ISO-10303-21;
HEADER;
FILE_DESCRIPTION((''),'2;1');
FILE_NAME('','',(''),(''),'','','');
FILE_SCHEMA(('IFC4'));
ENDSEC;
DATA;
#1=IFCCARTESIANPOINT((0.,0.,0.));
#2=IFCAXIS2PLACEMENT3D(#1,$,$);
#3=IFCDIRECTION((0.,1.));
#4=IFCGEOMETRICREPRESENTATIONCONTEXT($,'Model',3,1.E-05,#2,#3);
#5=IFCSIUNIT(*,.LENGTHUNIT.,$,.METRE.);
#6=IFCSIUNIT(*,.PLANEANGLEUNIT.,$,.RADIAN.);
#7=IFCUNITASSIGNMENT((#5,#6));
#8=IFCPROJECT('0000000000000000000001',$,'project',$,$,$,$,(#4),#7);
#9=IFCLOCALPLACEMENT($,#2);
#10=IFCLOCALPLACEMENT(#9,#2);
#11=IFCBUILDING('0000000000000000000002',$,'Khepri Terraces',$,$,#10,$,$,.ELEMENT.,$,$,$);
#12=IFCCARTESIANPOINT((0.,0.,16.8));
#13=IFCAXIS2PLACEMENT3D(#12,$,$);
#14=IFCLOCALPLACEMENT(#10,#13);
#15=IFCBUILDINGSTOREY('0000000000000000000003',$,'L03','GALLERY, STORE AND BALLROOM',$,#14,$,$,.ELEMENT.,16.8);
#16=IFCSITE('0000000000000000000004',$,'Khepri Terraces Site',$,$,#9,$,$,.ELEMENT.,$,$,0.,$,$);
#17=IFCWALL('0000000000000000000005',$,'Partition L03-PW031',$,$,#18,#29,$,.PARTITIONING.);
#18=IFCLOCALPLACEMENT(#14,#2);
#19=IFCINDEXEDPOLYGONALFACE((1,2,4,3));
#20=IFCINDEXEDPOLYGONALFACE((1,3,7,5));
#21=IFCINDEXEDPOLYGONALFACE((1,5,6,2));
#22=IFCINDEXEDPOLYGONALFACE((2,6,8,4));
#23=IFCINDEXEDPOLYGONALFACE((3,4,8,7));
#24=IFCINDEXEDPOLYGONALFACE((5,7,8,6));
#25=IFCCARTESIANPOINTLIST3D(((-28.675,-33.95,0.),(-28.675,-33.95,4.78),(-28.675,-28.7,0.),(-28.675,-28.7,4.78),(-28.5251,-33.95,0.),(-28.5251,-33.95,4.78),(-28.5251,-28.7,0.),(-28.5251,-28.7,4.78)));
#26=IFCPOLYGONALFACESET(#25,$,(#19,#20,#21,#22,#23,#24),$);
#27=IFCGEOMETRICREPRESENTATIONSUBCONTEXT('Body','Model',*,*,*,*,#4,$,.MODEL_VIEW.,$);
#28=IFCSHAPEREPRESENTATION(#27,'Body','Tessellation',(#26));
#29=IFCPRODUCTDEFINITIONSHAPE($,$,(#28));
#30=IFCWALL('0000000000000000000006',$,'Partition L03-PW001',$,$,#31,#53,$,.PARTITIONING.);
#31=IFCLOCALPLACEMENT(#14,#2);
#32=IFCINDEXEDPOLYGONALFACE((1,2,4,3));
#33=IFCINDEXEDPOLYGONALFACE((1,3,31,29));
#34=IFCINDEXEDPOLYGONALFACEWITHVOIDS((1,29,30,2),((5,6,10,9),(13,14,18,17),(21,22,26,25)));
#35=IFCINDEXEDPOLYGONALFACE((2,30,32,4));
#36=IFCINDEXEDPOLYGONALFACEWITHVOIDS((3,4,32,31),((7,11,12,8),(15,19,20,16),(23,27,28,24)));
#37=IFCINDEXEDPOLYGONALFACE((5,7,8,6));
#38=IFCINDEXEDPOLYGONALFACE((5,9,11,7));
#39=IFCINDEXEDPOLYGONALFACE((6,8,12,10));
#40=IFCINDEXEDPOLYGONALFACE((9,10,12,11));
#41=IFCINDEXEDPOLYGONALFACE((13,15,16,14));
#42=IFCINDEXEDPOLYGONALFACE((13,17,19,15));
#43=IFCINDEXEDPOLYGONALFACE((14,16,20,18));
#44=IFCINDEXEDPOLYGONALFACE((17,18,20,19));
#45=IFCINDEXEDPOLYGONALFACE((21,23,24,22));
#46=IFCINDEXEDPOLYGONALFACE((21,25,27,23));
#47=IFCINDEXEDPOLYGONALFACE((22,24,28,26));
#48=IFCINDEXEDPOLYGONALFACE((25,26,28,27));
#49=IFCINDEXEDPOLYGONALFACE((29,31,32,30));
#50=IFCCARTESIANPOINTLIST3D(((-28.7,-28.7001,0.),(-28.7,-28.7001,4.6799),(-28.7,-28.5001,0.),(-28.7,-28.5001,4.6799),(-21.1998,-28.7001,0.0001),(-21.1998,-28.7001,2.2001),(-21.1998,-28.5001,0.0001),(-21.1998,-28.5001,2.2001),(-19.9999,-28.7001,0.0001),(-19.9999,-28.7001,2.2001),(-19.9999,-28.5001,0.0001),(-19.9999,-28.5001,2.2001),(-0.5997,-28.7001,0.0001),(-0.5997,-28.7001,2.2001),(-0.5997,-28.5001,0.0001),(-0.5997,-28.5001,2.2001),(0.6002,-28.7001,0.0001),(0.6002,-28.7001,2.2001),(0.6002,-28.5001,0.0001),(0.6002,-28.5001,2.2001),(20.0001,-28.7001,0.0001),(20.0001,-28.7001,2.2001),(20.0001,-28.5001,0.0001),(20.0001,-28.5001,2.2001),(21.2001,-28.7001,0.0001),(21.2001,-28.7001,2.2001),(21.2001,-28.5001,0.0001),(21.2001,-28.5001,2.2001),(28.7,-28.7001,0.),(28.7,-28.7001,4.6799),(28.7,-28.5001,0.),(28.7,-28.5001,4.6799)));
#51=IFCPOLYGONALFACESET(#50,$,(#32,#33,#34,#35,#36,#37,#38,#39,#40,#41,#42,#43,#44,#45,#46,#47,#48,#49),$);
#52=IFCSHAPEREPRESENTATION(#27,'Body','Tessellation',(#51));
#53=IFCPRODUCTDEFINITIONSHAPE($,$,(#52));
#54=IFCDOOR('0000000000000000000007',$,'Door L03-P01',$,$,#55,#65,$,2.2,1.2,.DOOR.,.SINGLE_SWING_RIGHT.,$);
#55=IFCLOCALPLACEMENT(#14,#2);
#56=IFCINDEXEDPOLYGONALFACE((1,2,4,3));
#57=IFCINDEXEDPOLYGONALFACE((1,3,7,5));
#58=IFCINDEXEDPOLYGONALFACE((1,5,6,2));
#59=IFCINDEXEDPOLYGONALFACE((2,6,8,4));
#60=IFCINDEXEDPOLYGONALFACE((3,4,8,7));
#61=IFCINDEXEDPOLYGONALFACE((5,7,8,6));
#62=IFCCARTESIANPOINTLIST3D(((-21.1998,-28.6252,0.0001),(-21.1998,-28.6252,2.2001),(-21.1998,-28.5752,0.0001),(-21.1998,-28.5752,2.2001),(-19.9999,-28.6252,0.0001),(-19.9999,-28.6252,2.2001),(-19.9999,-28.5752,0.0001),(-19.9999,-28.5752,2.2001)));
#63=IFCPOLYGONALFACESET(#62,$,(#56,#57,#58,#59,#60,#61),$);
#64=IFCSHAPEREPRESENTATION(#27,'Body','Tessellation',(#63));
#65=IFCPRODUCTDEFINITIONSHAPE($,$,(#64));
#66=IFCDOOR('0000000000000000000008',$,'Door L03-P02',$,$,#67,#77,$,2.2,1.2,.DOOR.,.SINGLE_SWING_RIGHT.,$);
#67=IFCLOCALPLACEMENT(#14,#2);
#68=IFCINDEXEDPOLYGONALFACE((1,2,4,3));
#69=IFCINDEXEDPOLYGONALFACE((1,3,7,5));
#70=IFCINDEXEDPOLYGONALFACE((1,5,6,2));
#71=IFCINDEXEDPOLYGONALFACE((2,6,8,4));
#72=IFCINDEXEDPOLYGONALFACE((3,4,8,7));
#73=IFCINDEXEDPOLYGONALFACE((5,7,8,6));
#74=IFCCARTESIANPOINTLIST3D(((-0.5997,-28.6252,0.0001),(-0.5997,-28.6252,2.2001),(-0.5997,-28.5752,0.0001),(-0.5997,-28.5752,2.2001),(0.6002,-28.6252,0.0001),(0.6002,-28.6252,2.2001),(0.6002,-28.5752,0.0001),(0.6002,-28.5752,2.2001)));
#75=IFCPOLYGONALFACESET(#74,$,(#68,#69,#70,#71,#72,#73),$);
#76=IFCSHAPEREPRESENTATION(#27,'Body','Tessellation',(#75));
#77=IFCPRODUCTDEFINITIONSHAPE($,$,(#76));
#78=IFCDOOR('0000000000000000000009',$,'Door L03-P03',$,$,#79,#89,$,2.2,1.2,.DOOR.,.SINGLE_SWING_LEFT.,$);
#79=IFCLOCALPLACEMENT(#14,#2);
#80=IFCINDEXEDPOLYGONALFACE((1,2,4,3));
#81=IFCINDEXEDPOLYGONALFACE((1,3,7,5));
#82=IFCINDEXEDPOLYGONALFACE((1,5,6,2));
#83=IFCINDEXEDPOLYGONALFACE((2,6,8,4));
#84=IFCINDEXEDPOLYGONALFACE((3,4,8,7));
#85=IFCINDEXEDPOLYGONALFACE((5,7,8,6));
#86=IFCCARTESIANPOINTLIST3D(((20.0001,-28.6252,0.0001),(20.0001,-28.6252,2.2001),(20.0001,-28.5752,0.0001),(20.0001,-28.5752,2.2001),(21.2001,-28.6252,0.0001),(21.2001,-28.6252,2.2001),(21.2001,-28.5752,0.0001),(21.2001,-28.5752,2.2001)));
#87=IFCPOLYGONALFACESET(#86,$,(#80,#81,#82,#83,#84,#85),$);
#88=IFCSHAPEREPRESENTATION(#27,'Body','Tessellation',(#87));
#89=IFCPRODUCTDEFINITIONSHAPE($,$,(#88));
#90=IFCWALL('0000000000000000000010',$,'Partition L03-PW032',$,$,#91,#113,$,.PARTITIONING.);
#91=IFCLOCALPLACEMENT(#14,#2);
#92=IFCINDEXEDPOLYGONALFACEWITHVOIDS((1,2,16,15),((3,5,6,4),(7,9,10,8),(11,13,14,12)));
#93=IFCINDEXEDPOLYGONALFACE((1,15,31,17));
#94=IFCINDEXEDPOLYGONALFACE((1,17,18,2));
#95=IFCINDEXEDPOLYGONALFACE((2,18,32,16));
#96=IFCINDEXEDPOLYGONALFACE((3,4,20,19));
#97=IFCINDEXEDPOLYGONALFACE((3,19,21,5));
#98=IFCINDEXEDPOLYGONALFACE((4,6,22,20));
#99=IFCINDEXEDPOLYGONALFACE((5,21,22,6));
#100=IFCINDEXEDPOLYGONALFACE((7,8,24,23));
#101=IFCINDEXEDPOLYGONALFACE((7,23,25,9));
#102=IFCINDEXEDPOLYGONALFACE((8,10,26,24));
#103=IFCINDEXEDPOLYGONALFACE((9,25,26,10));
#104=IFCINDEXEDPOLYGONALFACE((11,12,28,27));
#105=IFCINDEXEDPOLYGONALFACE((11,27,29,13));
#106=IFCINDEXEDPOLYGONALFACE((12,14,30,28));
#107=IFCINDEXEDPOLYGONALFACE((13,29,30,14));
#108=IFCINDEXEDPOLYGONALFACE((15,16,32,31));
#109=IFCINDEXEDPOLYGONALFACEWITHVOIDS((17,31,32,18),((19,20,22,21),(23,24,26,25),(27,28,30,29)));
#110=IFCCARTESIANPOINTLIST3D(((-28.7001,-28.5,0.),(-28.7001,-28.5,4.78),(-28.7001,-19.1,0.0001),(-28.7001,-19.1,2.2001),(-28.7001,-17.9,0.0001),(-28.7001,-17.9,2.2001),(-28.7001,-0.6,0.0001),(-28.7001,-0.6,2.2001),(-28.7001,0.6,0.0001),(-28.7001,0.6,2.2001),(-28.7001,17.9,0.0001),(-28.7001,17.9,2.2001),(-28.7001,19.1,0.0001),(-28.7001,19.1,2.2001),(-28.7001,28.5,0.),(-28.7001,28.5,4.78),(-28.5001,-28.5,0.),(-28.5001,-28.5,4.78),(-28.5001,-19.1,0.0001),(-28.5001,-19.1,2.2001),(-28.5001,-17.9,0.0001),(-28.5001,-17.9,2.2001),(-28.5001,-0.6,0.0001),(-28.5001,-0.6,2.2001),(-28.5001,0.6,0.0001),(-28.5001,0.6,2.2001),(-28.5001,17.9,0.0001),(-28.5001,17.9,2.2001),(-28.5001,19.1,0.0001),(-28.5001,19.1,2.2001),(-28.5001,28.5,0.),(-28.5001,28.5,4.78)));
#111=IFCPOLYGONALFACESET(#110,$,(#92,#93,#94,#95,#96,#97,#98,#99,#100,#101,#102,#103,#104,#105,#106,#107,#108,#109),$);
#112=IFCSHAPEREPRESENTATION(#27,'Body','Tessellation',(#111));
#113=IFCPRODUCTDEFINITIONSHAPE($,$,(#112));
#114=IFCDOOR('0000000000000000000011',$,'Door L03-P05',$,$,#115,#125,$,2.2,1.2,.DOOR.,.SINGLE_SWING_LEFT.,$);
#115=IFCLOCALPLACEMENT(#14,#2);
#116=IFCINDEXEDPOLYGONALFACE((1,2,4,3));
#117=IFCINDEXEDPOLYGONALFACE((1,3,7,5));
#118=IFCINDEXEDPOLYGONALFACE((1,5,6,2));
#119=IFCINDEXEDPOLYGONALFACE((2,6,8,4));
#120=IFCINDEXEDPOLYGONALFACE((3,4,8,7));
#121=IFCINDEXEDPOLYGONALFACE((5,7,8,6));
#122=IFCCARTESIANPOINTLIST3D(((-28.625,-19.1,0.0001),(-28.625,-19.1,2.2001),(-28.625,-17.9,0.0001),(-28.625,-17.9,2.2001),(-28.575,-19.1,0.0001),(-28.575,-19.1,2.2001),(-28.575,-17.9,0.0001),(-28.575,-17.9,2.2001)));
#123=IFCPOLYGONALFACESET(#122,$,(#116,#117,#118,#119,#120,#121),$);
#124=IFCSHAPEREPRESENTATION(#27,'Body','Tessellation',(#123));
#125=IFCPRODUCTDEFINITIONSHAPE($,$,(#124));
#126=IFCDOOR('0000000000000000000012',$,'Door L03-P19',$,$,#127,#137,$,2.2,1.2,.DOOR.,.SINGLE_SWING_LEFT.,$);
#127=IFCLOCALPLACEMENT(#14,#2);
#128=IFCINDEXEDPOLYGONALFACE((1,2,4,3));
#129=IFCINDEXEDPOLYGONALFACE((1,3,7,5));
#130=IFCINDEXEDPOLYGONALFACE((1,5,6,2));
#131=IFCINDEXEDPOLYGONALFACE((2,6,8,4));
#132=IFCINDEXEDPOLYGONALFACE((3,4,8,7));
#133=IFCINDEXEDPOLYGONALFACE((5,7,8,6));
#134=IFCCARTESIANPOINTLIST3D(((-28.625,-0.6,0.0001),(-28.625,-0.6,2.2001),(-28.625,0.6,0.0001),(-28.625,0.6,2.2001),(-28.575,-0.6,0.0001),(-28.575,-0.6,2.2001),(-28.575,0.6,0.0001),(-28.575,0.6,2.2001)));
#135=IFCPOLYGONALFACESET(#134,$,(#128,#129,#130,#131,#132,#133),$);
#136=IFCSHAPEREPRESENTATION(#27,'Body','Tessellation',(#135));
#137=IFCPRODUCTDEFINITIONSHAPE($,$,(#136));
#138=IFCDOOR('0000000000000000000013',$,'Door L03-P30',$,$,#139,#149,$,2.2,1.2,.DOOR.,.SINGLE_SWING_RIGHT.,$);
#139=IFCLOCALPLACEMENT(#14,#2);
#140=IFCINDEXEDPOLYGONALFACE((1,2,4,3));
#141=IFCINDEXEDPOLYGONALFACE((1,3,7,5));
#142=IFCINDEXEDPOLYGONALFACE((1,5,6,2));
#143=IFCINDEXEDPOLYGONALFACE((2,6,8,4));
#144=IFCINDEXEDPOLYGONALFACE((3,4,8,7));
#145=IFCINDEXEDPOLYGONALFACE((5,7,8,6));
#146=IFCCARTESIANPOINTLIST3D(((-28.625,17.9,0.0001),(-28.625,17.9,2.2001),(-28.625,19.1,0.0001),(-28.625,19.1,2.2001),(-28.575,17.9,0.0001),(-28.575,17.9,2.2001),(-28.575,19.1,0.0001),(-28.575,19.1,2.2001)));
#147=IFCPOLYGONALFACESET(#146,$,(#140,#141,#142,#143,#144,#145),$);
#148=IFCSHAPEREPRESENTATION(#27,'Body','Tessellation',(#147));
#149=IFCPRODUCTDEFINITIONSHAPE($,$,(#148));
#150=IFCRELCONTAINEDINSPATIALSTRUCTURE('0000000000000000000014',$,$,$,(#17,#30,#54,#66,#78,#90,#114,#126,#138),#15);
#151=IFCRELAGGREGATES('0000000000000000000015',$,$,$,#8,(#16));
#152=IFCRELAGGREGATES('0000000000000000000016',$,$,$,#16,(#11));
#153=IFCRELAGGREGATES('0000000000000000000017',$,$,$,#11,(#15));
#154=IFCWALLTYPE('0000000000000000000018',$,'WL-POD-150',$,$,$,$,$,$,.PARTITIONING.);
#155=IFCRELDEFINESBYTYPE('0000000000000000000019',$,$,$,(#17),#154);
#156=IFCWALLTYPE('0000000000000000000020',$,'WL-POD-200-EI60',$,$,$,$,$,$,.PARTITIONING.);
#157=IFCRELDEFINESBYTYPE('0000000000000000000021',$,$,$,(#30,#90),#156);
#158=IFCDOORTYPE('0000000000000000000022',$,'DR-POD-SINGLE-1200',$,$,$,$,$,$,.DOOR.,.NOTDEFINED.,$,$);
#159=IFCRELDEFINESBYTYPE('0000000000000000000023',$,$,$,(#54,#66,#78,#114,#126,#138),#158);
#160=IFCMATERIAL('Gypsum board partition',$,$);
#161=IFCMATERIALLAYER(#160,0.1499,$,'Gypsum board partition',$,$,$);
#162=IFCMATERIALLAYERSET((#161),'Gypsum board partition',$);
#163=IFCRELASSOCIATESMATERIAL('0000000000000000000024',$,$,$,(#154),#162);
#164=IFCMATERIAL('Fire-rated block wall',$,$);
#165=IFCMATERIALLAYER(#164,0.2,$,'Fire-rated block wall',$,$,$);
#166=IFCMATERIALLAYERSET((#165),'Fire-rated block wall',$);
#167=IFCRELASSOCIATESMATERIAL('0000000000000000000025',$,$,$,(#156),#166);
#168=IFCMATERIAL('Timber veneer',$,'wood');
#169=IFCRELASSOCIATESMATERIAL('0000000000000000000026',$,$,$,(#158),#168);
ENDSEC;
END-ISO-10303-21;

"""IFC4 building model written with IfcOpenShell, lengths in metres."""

from ifc_helpers import new_model, si_unit, direction, frame, frame_2d, origin, place, context, subcontext, project, spatial, rectangle, extrude, material, layer, layer_set, type_object, element, fill, save


model = new_model("IFC4")

# Units and contexts
model_context = context("Model", 3, precision=1e-05, world=origin(), true_north=direction((0.0, 1.0)))
body_context = subcontext(model_context, "Body", "Model", "MODEL_VIEW")
ifc_project = project(units=[si_unit("LENGTHUNIT", "METRE"), si_unit("PLANEANGLEUNIT", "RADIAN")], contexts=[model_context])

# Site, building, storey
site_placement = place(None, origin())
site = spatial("IfcSite", under=ifc_project, at=site_placement, Name="Khepri Terraces Site", CompositionType="ELEMENT", RefElevation=0.0)
building_placement = place(site_placement, origin())
building = spatial("IfcBuilding", under=site, at=building_placement, Name="Khepri Terraces", CompositionType="ELEMENT")
storey_placement = place(building_placement, frame((0.0, 0.0, 16.8)))
storey = spatial("IfcBuildingStorey", under=building, at=storey_placement, Name="L03", Description="GALLERY, STORE AND BALLROOM", CompositionType="ELEMENT", Elevation=16.8)

# Wall
ifc_material_1 = material(Name="Gypsum board partition")
ifc_layer_1 = layer(ifc_material_1, 0.1499, Name="Gypsum board partition")
ifc_layer_set_1 = layer_set([ifc_layer_1], Name="Gypsum board partition")
wall_type_1 = type_object("IfcWallType", Name="WL-POD-150", PredefinedType="PARTITIONING", material=ifc_layer_set_1)
wall_1_placement = place(storey_placement, frame((-28.6001, -33.95, 0.0), z_axis=(0.0, 0.0, 1.0), x_axis=(0.0, 1.0, 0.0)))
element("IfcWall", 1, at=wall_1_placement, inside=storey, type_object=wall_type_1, Name="Partition L03-PW031", PredefinedType="PARTITIONING", context=body_context, shape_type="SweptSolid", body=[
    extrude(rectangle(XDim=5.25, YDim=0.1499, at=frame_2d((2.625, 0.0))), origin(), (0.0, 0.0, 1.0), 4.78),
])

# Walls, openings, doors
ifc_material_2 = material(Name="Fire-rated block wall")
ifc_layer_2 = layer(ifc_material_2, 0.2, Name="Fire-rated block wall")
ifc_layer_set_2 = layer_set([ifc_layer_2], Name="Fire-rated block wall")
wall_type_2 = type_object("IfcWallType", Name="WL-POD-200-EI60", PredefinedType="PARTITIONING", material=ifc_layer_set_2)
wall_2_placement = place(storey_placement, frame((-28.7, -28.6001, 0.0), z_axis=(0.0, 0.0, 1.0), x_axis=(1.0, 0.0, 0.0)))
wall_2 = element("IfcWall", 2, at=wall_2_placement, inside=storey, type_object=wall_type_2, Name="Partition L03-PW001", PredefinedType="PARTITIONING", context=body_context, shape_type="SweptSolid", body=[
    extrude(rectangle(XDim=57.3999, YDim=0.2, at=frame_2d((28.7, 0.0))), origin(), (0.0, 0.0, 1.0), 4.6799),
])
opening_1_placement = place(wall_2_placement, frame((7.5, 0.0, 0.0)))
opening_1 = element("IfcOpeningElement", 3, at=opening_1_placement, cuts=wall_2, PredefinedType="OPENING", context=body_context, shape_type="SweptSolid", body=[
    extrude(rectangle(XDim=1.2, YDim=2.2, at=frame_2d((0.6001, 1.1001))), frame((0.0, 0.1099, 0.0), z_axis=(0.0, -1.0, 0.0), x_axis=(1.0, 0.0, 0.0)), (0.0, 0.0, 1.0), 0.22),
])
opening_2_placement = place(wall_2_placement, frame((28.1001, 0.0, 0.0)))
opening_2 = element("IfcOpeningElement", 4, at=opening_2_placement, cuts=wall_2, PredefinedType="OPENING", context=body_context, shape_type="SweptSolid", body=[
    extrude(rectangle(XDim=1.2, YDim=2.2, at=frame_2d((0.6001, 1.1001))), frame((0.0, 0.1099, 0.0), z_axis=(0.0, -1.0, 0.0), x_axis=(1.0, 0.0, 0.0)), (0.0, 0.0, 1.0), 0.22),
])
opening_3_placement = place(wall_2_placement, frame((48.7, 0.0, 0.0)))
opening_3 = element("IfcOpeningElement", 5, at=opening_3_placement, cuts=wall_2, PredefinedType="OPENING", context=body_context, shape_type="SweptSolid", body=[
    extrude(rectangle(XDim=1.2, YDim=2.2, at=frame_2d((0.6001, 1.1001))), frame((0.0, 0.1099, 0.0), z_axis=(0.0, -1.0, 0.0), x_axis=(1.0, 0.0, 0.0)), (0.0, 0.0, 1.0), 0.22),
])
ifc_material_3 = material(Name="Timber veneer", Category="wood")
door_type = type_object("IfcDoorType", Name="DR-POD-SINGLE-1200", OperationType="NOTDEFINED", PredefinedType="DOOR", material=ifc_material_3)
door_1_placement = place(opening_1_placement, origin())
door_1 = element("IfcDoor", 6, at=door_1_placement, inside=storey, type_object=door_type, Name="Door L03-P01", OperationType="SINGLE_SWING_RIGHT", OverallHeight=2.2, OverallWidth=1.2, PredefinedType="DOOR", context=body_context, shape_type="SweptSolid", body=[
    extrude(rectangle(XDim=1.2, YDim=2.2, at=frame_2d((0.6001, 1.1001))), frame((0.0, 0.0249, 0.0), z_axis=(0.0, -1.0, 0.0), x_axis=(1.0, 0.0, 0.0)), (0.0, 0.0, 1.0), 0.05),
])
fill(opening_1, door_1)
door_2_placement = place(opening_2_placement, origin())
door_2 = element("IfcDoor", 7, at=door_2_placement, inside=storey, type_object=door_type, Name="Door L03-P02", OperationType="SINGLE_SWING_RIGHT", OverallHeight=2.2, OverallWidth=1.2, PredefinedType="DOOR", context=body_context, shape_type="SweptSolid", body=[
    extrude(rectangle(XDim=1.2, YDim=2.2, at=frame_2d((0.6001, 1.1001))), frame((0.0, 0.0249, 0.0), z_axis=(0.0, -1.0, 0.0), x_axis=(1.0, 0.0, 0.0)), (0.0, 0.0, 1.0), 0.05),
])
fill(opening_2, door_2)
door_3_placement = place(opening_3_placement, origin())
door_3 = element("IfcDoor", 8, at=door_3_placement, inside=storey, type_object=door_type, Name="Door L03-P03", OperationType="SINGLE_SWING_LEFT", OverallHeight=2.2, OverallWidth=1.2, PredefinedType="DOOR", context=body_context, shape_type="SweptSolid", body=[
    extrude(rectangle(XDim=1.2, YDim=2.2, at=frame_2d((0.6001, 1.1001))), frame((0.0, 0.0249, 0.0), z_axis=(0.0, -1.0, 0.0), x_axis=(1.0, 0.0, 0.0)), (0.0, 0.0, 1.0), 0.05),
])
fill(opening_3, door_3)
wall_3_placement = place(storey_placement, frame((-28.6001, -28.5, 0.0), z_axis=(0.0, 0.0, 1.0), x_axis=(0.0, 1.0, 0.0)))
wall_3 = element("IfcWall", 9, at=wall_3_placement, inside=storey, type_object=wall_type_2, Name="Partition L03-PW032", PredefinedType="PARTITIONING", context=body_context, shape_type="SweptSolid", body=[
    extrude(rectangle(XDim=57.0, YDim=0.2, at=frame_2d((28.5, 0.0))), origin(), (0.0, 0.0, 1.0), 4.78),
])
opening_4_placement = place(wall_3_placement, frame((9.3999, 0.0, 0.0)))
opening_4 = element("IfcOpeningElement", 10, at=opening_4_placement, cuts=wall_3, PredefinedType="OPENING", context=body_context, shape_type="SweptSolid", body=[
    extrude(rectangle(XDim=1.2, YDim=2.2, at=frame_2d((0.6001, 1.1001))), frame((0.0, 0.1099, 0.0), z_axis=(0.0, -1.0, 0.0), x_axis=(1.0, 0.0, 0.0)), (0.0, 0.0, 1.0), 0.22),
])
opening_5_placement = place(wall_3_placement, frame((27.8999, 0.0, 0.0)))
opening_5 = element("IfcOpeningElement", 11, at=opening_5_placement, cuts=wall_3, PredefinedType="OPENING", context=body_context, shape_type="SweptSolid", body=[
    extrude(rectangle(XDim=1.2, YDim=2.2, at=frame_2d((0.6001, 1.1001))), frame((0.0, 0.1099, 0.0), z_axis=(0.0, -1.0, 0.0), x_axis=(1.0, 0.0, 0.0)), (0.0, 0.0, 1.0), 0.22),
])
opening_6_placement = place(wall_3_placement, frame((46.3999, 0.0, 0.0)))
opening_6 = element("IfcOpeningElement", 12, at=opening_6_placement, cuts=wall_3, PredefinedType="OPENING", context=body_context, shape_type="SweptSolid", body=[
    extrude(rectangle(XDim=1.2, YDim=2.2, at=frame_2d((0.6001, 1.1001))), frame((0.0, 0.1099, 0.0), z_axis=(0.0, -1.0, 0.0), x_axis=(1.0, 0.0, 0.0)), (0.0, 0.0, 1.0), 0.22),
])
door_4_placement = place(opening_4_placement, origin())
door_4 = element("IfcDoor", 13, at=door_4_placement, inside=storey, type_object=door_type, Name="Door L03-P05", OperationType="SINGLE_SWING_LEFT", OverallHeight=2.2, OverallWidth=1.2, PredefinedType="DOOR", context=body_context, shape_type="SweptSolid", body=[
    extrude(rectangle(XDim=1.2, YDim=2.2, at=frame_2d((0.6001, 1.1001))), frame((0.0, 0.0249, 0.0), z_axis=(0.0, -1.0, 0.0), x_axis=(1.0, 0.0, 0.0)), (0.0, 0.0, 1.0), 0.05),
])
fill(opening_4, door_4)
door_5_placement = place(opening_5_placement, origin())
door_5 = element("IfcDoor", 14, at=door_5_placement, inside=storey, type_object=door_type, Name="Door L03-P19", OperationType="SINGLE_SWING_LEFT", OverallHeight=2.2, OverallWidth=1.2, PredefinedType="DOOR", context=body_context, shape_type="SweptSolid", body=[
    extrude(rectangle(XDim=1.2, YDim=2.2, at=frame_2d((0.6001, 1.1001))), frame((0.0, 0.0249, 0.0), z_axis=(0.0, -1.0, 0.0), x_axis=(1.0, 0.0, 0.0)), (0.0, 0.0, 1.0), 0.05),
])
fill(opening_5, door_5)
door_6_placement = place(opening_6_placement, origin())
door_6 = element("IfcDoor", 15, at=door_6_placement, inside=storey, type_object=door_type, Name="Door L03-P30", OperationType="SINGLE_SWING_RIGHT", OverallHeight=2.2, OverallWidth=1.2, PredefinedType="DOOR", context=body_context, shape_type="SweptSolid", body=[
    extrude(rectangle(XDim=1.2, YDim=2.2, at=frame_2d((0.6001, 1.1001))), frame((0.0, 0.0249, 0.0), z_axis=(0.0, -1.0, 0.0), x_axis=(1.0, 0.0, 0.0)), (0.0, 0.0, 1.0), 0.05),
])
fill(opening_6, door_6)

save(model, "model.ifc")
